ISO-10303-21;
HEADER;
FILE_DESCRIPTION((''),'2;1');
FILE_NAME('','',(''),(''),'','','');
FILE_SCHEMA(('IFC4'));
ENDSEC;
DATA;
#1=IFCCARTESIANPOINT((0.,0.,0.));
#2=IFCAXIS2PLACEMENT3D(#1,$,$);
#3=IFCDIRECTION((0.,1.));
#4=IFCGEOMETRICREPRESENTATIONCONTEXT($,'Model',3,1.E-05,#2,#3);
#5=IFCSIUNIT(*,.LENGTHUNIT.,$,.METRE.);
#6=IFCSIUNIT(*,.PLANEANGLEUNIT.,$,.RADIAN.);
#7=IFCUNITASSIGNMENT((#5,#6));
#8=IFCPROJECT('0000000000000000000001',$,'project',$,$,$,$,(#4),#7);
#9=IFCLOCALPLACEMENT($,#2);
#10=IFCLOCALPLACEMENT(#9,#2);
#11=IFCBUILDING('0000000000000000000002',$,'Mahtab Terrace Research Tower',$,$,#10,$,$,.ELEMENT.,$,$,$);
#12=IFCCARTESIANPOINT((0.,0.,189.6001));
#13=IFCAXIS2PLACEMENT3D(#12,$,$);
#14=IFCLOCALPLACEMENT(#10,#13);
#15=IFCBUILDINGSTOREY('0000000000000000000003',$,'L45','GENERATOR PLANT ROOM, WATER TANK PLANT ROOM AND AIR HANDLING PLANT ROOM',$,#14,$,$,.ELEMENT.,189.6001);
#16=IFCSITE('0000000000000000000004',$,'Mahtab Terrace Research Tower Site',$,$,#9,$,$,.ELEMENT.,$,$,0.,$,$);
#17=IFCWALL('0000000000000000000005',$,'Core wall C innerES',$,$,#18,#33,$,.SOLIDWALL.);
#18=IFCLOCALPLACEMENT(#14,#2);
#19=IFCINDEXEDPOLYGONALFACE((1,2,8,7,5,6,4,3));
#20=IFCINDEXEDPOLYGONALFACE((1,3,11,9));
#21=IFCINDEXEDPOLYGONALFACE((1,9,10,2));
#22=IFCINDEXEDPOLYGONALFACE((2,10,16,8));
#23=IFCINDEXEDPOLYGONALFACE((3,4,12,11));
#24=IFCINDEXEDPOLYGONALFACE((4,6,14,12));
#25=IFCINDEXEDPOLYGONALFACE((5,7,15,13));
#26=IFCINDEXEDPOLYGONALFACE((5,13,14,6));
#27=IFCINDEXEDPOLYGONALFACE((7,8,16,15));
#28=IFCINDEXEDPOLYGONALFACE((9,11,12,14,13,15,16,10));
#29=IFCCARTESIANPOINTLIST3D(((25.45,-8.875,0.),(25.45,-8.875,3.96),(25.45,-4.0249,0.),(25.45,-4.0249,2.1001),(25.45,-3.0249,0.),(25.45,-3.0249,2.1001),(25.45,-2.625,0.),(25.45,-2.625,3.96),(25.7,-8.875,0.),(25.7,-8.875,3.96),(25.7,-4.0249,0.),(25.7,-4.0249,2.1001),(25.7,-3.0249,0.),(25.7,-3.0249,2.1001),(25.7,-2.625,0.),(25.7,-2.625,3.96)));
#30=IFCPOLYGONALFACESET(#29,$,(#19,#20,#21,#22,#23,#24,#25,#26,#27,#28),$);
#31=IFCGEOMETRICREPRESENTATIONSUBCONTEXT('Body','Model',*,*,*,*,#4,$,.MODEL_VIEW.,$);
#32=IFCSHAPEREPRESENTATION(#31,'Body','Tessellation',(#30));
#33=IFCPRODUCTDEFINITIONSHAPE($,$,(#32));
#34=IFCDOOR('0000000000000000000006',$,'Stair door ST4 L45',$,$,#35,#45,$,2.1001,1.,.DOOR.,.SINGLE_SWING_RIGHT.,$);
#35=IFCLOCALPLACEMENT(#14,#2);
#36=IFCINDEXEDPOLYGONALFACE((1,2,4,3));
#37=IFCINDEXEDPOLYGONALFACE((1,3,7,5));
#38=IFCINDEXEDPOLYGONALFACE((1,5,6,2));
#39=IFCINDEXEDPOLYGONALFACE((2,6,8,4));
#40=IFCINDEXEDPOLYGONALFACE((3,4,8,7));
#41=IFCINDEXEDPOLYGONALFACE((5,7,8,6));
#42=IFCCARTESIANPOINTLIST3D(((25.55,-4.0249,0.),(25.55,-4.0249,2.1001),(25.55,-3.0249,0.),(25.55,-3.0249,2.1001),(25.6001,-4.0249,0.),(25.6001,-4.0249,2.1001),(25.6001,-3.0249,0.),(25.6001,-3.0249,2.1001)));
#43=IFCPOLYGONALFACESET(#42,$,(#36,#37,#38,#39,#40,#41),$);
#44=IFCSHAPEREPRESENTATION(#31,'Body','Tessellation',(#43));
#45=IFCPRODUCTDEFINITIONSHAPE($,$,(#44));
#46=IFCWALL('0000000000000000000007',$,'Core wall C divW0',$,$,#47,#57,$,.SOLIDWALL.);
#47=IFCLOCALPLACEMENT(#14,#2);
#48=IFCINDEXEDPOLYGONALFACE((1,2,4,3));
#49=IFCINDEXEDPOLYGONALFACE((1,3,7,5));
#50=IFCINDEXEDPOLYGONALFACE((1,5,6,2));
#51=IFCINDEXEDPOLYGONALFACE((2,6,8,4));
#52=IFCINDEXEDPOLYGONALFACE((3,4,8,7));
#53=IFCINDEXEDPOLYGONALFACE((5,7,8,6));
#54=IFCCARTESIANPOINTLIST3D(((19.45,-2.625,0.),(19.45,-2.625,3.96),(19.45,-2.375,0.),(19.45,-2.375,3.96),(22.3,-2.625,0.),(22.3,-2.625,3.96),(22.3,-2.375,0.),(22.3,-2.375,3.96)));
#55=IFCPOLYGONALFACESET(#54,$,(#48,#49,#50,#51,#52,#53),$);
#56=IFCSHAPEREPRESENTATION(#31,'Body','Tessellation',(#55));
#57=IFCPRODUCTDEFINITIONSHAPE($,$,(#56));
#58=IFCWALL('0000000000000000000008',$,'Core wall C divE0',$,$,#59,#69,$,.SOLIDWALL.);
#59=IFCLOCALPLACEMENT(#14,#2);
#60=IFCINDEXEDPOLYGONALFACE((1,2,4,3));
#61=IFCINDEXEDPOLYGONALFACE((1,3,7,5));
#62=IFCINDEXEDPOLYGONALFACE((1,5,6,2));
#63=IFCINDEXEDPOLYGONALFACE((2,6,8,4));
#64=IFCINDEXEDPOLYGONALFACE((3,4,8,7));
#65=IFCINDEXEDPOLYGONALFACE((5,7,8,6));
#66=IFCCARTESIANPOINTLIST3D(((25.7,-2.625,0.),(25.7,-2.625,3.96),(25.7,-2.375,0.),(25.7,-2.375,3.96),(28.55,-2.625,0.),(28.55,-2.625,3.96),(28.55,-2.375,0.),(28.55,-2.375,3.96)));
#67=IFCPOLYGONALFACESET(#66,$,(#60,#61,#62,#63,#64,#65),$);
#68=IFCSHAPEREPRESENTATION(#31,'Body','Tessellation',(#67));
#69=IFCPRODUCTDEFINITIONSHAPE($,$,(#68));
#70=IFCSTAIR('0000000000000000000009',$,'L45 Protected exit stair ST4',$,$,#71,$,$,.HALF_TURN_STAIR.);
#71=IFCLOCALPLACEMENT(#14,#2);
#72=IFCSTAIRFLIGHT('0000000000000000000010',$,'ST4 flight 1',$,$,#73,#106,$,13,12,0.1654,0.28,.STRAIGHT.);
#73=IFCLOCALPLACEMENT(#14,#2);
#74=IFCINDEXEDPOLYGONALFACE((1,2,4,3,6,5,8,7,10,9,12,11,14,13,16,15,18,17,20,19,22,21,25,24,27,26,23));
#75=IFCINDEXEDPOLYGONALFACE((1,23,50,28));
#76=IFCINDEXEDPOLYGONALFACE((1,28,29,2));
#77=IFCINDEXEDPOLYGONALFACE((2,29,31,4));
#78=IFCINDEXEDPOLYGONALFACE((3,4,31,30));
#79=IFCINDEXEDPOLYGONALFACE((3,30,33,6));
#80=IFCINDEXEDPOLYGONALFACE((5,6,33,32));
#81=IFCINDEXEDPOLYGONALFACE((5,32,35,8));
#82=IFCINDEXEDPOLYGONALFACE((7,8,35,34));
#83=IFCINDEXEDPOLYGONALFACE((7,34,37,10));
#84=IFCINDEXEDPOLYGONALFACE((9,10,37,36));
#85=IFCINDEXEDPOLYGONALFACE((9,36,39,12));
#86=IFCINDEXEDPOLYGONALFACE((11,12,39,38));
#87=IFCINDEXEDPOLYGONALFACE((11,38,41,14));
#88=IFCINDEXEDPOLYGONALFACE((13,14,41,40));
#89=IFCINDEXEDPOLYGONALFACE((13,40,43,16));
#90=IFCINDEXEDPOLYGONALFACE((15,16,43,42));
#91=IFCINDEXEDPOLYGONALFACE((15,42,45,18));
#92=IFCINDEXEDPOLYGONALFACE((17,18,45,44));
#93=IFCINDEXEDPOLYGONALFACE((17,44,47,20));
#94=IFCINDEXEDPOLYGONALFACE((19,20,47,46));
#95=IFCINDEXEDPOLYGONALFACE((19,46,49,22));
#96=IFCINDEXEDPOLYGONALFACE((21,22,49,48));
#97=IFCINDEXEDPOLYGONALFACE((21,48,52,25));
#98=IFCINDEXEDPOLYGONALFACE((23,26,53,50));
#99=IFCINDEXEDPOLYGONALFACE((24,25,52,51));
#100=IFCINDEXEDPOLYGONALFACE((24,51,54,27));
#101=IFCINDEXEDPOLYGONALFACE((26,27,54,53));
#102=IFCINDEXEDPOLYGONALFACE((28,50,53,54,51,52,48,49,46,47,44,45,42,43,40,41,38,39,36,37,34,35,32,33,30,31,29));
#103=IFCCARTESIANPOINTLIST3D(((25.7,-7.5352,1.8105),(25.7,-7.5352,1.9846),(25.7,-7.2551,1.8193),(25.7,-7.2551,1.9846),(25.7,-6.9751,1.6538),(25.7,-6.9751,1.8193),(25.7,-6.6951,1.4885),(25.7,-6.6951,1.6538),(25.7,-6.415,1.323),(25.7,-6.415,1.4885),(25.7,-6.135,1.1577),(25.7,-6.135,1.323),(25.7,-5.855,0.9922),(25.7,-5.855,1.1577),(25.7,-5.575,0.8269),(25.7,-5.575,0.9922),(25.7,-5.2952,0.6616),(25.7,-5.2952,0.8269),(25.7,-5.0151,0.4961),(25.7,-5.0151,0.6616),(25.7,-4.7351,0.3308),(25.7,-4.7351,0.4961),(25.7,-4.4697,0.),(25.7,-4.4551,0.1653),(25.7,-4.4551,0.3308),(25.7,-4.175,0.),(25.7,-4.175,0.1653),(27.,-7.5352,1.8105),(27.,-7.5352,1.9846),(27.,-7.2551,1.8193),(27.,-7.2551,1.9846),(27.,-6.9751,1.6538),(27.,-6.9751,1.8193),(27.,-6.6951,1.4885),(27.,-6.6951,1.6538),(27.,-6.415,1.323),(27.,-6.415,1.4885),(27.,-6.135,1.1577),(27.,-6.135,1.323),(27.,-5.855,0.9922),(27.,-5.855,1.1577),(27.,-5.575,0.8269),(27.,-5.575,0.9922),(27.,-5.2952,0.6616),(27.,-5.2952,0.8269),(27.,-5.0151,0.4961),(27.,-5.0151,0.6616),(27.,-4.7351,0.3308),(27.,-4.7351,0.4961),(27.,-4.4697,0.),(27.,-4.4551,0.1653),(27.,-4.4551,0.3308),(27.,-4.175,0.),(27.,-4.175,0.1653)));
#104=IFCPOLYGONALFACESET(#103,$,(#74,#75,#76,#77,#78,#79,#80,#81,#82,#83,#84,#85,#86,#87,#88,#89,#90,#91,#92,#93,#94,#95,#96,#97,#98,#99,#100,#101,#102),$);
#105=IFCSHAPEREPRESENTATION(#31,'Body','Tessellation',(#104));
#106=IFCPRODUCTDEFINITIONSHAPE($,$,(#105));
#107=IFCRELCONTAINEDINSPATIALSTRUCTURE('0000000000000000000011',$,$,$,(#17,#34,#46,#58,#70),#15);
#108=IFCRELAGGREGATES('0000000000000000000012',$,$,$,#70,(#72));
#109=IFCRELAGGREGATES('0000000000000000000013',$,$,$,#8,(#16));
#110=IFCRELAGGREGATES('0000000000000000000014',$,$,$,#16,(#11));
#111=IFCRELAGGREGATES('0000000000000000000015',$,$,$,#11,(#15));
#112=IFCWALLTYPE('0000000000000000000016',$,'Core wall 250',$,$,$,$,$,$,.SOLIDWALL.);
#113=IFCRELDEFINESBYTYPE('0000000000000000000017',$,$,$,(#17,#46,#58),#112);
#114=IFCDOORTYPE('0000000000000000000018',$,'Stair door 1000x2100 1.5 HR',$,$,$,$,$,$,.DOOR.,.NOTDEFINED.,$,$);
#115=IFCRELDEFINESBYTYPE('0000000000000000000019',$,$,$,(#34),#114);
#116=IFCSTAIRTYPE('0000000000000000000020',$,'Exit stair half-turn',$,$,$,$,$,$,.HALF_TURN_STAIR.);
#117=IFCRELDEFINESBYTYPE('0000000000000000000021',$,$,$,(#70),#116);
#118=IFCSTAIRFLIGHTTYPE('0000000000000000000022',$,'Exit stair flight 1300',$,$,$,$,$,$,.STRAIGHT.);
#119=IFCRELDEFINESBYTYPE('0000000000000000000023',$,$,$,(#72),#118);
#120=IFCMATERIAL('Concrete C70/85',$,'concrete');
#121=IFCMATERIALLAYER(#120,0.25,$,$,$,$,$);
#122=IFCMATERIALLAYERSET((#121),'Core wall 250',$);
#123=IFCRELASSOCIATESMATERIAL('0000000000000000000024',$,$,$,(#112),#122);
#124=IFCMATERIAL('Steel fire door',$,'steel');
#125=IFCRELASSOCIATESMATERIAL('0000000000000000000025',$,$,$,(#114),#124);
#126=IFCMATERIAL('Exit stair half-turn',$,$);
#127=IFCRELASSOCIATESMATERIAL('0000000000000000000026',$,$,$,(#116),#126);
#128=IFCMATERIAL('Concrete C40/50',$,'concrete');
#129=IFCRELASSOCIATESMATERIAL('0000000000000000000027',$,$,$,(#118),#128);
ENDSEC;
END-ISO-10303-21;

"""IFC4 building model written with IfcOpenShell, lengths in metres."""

from ifc_helpers import new_model, si_unit, direction, frame, frame_2d, origin, place, context, subcontext, project, spatial, polyline, rectangle, outline, extrude, material, layer, layer_set, type_object, element, fill, aggregate, save


model = new_model("IFC4")

# Units and contexts
model_context = context("Model", 3, precision=1e-05, world=origin(), true_north=direction((0.0, 1.0)))
body_context = subcontext(model_context, "Body", "Model", "MODEL_VIEW")
ifc_project = project(units=[si_unit("LENGTHUNIT", "METRE"), si_unit("PLANEANGLEUNIT", "RADIAN")], contexts=[model_context])

# Site, building, storey
site_placement = place(None, origin())
site = spatial("IfcSite", under=ifc_project, at=site_placement, Name="Mahtab Terrace Research Tower Site", CompositionType="ELEMENT", RefElevation=0.0)
building_placement = place(site_placement, origin())
building = spatial("IfcBuilding", under=site, at=building_placement, Name="Mahtab Terrace Research Tower", CompositionType="ELEMENT")
storey_placement = place(building_placement, frame((0.0, 0.0, 189.6001)))
storey = spatial("IfcBuildingStorey", under=building, at=storey_placement, Name="L45", Description="GENERATOR PLANT ROOM, WATER TANK PLANT ROOM AND AIR HANDLING PLANT ROOM", CompositionType="ELEMENT", Elevation=189.6001)

# Shared definitions
ifc_material_1 = material(Name="Concrete C70/85", Category="concrete")

# Shared definitions
ifc_layer_1 = layer(ifc_material_1, 0.25)
ifc_layer_set_1 = layer_set([ifc_layer_1], Name="Core wall 250")
wall_type_1 = type_object("IfcWallType", Name="Core wall 250", PredefinedType="SOLIDWALL", material=ifc_layer_set_1)
ifc_material_2 = material(Name="Steel fire door", Category="steel")

# Wall, opening, door
wall_1_placement = place(storey_placement, frame((25.575, -8.875, 0.0), z_axis=(0.0, 0.0, 1.0), x_axis=(0.0, 1.0, 0.0)))
wall_1 = element("IfcWall", 1, at=wall_1_placement, inside=storey, type_object=wall_type_1, Name="Core wall C innerES", PredefinedType="SOLIDWALL", context=body_context, shape_type="SweptSolid", body=[
    extrude(rectangle(XDim=6.25, YDim=0.25, at=frame_2d((3.125, 0.0))), origin(), (0.0, 0.0, 1.0), 3.96),
])
opening_1_placement = place(wall_1_placement, frame((4.8501, 0.0, 0.0)))
opening_1 = element("IfcOpeningElement", 2, at=opening_1_placement, cuts=wall_1, PredefinedType="OPENING", context=body_context, shape_type="SweptSolid", body=[
    extrude(rectangle(XDim=1.0, YDim=2.1001, at=frame_2d((0.5, 1.05))), frame((0.0, 0.135, 0.0), z_axis=(0.0, -1.0, 0.0), x_axis=(1.0, 0.0, 0.0)), (0.0, 0.0, 1.0), 0.27),
])
door_type_1 = type_object("IfcDoorType", Name="Stair door 1000x2100 1.5 HR", OperationType="NOTDEFINED", PredefinedType="DOOR", material=ifc_material_2)
door_1_placement = place(opening_1_placement, origin())
door_1 = element("IfcDoor", 3, at=door_1_placement, inside=storey, type_object=door_type_1, Name="Stair door ST4 L45", OperationType="SINGLE_SWING_RIGHT", OverallHeight=2.1001, OverallWidth=1.0, PredefinedType="DOOR", context=body_context, shape_type="SweptSolid", body=[
    extrude(rectangle(XDim=1.0, YDim=2.1001, at=frame_2d((0.5, 1.05))), frame((0.0, 0.0249, 0.0), z_axis=(0.0, -1.0, 0.0), x_axis=(1.0, 0.0, 0.0)), (0.0, 0.0, 1.0), 0.05),
])
fill(opening_1, door_1)

# Walls
for number, where, z_axis, x_axis, name in (
    (4, (19.45, -2.5, 0.0), (0.0, 0.0, 1.0), (1.0, 0.0, 0.0), "Core wall C divW0"),
    (5, (25.7, -2.5, 0.0), (0.0, 0.0, 1.0), (1.0, 0.0, 0.0), "Core wall C divE0"),
):
    element("IfcWall", number, at=place(storey_placement, frame(where, z_axis=z_axis, x_axis=x_axis)), inside=storey, type_object=wall_type_1, Name=name, PredefinedType="SOLIDWALL", context=body_context, shape_type="SweptSolid", body=[
        extrude(rectangle(XDim=2.8501, YDim=0.25, at=frame_2d((1.425, 0.0))), origin(), (0.0, 0.0, 1.0), 3.96),
    ])

# Stair, stair flight
ifc_material_3 = material(Name="Exit stair half-turn")
stair_type = type_object("IfcStairType", Name="Exit stair half-turn", PredefinedType="HALF_TURN_STAIR", material=ifc_material_3)
stair_placement = place(storey_placement, origin())
stair = element("IfcStair", 6, at=stair_placement, inside=storey, type_object=stair_type, Name="L45 Protected exit stair ST4", PredefinedType="HALF_TURN_STAIR")
ifc_material_4 = material(Name="Concrete C40/50", Category="concrete")
stair_flight_type = type_object("IfcStairFlightType", Name="Exit stair flight 1300", PredefinedType="STRAIGHT", material=ifc_material_4)
stair_flight_placement = place(storey_placement, frame((26.3501, -4.175, 0.0), z_axis=(0.0, 0.0, 1.0), x_axis=(0.0, -1.0, 0.0)))
stair_flight = element("IfcStairFlight", 7, at=stair_flight_placement, type_object=stair_flight_type, Name="ST4 flight 1", NumberOfRisers=13, NumberOfTreads=12, PredefinedType="STRAIGHT", RiserHeight=0.1654, TreadLength=0.28, context=body_context, shape_type="SweptSolid", body=[
    extrude(outline(polyline([(0.0, 0.0), (0.0, 0.1653), (0.28, 0.1653), (0.28, 0.3308), (0.5601, 0.3308), (0.5601, 0.4961), (0.8401, 0.4961), (0.8401, 0.6616), (1.1201, 0.6616), (1.1201, 0.8269), (1.3999, 0.8269), (1.3999, 0.9922), (1.6799, 0.9922), (1.6799, 1.1577), (1.96, 1.1577), (1.96, 1.323), (2.24, 1.323), (2.24, 1.4885), (2.52, 1.4885), (2.52, 1.6538), (2.8, 1.6538), (2.8, 1.8193), (3.0801, 1.8193), (3.0801, 1.9846), (3.3601, 1.9846), (3.3601, 2.1499), (3.3601, 1.8105), (0.2947, 0.0), (0.0, 0.0)])), frame((0.0, 0.6499, 0.0), z_axis=(0.0, -1.0, 0.0), x_axis=(1.0, 0.0, 0.0)), (0.0, 0.0, 1.0), 1.3),
])
aggregate(stair, [stair_flight])

save(model, "model.ifc")
